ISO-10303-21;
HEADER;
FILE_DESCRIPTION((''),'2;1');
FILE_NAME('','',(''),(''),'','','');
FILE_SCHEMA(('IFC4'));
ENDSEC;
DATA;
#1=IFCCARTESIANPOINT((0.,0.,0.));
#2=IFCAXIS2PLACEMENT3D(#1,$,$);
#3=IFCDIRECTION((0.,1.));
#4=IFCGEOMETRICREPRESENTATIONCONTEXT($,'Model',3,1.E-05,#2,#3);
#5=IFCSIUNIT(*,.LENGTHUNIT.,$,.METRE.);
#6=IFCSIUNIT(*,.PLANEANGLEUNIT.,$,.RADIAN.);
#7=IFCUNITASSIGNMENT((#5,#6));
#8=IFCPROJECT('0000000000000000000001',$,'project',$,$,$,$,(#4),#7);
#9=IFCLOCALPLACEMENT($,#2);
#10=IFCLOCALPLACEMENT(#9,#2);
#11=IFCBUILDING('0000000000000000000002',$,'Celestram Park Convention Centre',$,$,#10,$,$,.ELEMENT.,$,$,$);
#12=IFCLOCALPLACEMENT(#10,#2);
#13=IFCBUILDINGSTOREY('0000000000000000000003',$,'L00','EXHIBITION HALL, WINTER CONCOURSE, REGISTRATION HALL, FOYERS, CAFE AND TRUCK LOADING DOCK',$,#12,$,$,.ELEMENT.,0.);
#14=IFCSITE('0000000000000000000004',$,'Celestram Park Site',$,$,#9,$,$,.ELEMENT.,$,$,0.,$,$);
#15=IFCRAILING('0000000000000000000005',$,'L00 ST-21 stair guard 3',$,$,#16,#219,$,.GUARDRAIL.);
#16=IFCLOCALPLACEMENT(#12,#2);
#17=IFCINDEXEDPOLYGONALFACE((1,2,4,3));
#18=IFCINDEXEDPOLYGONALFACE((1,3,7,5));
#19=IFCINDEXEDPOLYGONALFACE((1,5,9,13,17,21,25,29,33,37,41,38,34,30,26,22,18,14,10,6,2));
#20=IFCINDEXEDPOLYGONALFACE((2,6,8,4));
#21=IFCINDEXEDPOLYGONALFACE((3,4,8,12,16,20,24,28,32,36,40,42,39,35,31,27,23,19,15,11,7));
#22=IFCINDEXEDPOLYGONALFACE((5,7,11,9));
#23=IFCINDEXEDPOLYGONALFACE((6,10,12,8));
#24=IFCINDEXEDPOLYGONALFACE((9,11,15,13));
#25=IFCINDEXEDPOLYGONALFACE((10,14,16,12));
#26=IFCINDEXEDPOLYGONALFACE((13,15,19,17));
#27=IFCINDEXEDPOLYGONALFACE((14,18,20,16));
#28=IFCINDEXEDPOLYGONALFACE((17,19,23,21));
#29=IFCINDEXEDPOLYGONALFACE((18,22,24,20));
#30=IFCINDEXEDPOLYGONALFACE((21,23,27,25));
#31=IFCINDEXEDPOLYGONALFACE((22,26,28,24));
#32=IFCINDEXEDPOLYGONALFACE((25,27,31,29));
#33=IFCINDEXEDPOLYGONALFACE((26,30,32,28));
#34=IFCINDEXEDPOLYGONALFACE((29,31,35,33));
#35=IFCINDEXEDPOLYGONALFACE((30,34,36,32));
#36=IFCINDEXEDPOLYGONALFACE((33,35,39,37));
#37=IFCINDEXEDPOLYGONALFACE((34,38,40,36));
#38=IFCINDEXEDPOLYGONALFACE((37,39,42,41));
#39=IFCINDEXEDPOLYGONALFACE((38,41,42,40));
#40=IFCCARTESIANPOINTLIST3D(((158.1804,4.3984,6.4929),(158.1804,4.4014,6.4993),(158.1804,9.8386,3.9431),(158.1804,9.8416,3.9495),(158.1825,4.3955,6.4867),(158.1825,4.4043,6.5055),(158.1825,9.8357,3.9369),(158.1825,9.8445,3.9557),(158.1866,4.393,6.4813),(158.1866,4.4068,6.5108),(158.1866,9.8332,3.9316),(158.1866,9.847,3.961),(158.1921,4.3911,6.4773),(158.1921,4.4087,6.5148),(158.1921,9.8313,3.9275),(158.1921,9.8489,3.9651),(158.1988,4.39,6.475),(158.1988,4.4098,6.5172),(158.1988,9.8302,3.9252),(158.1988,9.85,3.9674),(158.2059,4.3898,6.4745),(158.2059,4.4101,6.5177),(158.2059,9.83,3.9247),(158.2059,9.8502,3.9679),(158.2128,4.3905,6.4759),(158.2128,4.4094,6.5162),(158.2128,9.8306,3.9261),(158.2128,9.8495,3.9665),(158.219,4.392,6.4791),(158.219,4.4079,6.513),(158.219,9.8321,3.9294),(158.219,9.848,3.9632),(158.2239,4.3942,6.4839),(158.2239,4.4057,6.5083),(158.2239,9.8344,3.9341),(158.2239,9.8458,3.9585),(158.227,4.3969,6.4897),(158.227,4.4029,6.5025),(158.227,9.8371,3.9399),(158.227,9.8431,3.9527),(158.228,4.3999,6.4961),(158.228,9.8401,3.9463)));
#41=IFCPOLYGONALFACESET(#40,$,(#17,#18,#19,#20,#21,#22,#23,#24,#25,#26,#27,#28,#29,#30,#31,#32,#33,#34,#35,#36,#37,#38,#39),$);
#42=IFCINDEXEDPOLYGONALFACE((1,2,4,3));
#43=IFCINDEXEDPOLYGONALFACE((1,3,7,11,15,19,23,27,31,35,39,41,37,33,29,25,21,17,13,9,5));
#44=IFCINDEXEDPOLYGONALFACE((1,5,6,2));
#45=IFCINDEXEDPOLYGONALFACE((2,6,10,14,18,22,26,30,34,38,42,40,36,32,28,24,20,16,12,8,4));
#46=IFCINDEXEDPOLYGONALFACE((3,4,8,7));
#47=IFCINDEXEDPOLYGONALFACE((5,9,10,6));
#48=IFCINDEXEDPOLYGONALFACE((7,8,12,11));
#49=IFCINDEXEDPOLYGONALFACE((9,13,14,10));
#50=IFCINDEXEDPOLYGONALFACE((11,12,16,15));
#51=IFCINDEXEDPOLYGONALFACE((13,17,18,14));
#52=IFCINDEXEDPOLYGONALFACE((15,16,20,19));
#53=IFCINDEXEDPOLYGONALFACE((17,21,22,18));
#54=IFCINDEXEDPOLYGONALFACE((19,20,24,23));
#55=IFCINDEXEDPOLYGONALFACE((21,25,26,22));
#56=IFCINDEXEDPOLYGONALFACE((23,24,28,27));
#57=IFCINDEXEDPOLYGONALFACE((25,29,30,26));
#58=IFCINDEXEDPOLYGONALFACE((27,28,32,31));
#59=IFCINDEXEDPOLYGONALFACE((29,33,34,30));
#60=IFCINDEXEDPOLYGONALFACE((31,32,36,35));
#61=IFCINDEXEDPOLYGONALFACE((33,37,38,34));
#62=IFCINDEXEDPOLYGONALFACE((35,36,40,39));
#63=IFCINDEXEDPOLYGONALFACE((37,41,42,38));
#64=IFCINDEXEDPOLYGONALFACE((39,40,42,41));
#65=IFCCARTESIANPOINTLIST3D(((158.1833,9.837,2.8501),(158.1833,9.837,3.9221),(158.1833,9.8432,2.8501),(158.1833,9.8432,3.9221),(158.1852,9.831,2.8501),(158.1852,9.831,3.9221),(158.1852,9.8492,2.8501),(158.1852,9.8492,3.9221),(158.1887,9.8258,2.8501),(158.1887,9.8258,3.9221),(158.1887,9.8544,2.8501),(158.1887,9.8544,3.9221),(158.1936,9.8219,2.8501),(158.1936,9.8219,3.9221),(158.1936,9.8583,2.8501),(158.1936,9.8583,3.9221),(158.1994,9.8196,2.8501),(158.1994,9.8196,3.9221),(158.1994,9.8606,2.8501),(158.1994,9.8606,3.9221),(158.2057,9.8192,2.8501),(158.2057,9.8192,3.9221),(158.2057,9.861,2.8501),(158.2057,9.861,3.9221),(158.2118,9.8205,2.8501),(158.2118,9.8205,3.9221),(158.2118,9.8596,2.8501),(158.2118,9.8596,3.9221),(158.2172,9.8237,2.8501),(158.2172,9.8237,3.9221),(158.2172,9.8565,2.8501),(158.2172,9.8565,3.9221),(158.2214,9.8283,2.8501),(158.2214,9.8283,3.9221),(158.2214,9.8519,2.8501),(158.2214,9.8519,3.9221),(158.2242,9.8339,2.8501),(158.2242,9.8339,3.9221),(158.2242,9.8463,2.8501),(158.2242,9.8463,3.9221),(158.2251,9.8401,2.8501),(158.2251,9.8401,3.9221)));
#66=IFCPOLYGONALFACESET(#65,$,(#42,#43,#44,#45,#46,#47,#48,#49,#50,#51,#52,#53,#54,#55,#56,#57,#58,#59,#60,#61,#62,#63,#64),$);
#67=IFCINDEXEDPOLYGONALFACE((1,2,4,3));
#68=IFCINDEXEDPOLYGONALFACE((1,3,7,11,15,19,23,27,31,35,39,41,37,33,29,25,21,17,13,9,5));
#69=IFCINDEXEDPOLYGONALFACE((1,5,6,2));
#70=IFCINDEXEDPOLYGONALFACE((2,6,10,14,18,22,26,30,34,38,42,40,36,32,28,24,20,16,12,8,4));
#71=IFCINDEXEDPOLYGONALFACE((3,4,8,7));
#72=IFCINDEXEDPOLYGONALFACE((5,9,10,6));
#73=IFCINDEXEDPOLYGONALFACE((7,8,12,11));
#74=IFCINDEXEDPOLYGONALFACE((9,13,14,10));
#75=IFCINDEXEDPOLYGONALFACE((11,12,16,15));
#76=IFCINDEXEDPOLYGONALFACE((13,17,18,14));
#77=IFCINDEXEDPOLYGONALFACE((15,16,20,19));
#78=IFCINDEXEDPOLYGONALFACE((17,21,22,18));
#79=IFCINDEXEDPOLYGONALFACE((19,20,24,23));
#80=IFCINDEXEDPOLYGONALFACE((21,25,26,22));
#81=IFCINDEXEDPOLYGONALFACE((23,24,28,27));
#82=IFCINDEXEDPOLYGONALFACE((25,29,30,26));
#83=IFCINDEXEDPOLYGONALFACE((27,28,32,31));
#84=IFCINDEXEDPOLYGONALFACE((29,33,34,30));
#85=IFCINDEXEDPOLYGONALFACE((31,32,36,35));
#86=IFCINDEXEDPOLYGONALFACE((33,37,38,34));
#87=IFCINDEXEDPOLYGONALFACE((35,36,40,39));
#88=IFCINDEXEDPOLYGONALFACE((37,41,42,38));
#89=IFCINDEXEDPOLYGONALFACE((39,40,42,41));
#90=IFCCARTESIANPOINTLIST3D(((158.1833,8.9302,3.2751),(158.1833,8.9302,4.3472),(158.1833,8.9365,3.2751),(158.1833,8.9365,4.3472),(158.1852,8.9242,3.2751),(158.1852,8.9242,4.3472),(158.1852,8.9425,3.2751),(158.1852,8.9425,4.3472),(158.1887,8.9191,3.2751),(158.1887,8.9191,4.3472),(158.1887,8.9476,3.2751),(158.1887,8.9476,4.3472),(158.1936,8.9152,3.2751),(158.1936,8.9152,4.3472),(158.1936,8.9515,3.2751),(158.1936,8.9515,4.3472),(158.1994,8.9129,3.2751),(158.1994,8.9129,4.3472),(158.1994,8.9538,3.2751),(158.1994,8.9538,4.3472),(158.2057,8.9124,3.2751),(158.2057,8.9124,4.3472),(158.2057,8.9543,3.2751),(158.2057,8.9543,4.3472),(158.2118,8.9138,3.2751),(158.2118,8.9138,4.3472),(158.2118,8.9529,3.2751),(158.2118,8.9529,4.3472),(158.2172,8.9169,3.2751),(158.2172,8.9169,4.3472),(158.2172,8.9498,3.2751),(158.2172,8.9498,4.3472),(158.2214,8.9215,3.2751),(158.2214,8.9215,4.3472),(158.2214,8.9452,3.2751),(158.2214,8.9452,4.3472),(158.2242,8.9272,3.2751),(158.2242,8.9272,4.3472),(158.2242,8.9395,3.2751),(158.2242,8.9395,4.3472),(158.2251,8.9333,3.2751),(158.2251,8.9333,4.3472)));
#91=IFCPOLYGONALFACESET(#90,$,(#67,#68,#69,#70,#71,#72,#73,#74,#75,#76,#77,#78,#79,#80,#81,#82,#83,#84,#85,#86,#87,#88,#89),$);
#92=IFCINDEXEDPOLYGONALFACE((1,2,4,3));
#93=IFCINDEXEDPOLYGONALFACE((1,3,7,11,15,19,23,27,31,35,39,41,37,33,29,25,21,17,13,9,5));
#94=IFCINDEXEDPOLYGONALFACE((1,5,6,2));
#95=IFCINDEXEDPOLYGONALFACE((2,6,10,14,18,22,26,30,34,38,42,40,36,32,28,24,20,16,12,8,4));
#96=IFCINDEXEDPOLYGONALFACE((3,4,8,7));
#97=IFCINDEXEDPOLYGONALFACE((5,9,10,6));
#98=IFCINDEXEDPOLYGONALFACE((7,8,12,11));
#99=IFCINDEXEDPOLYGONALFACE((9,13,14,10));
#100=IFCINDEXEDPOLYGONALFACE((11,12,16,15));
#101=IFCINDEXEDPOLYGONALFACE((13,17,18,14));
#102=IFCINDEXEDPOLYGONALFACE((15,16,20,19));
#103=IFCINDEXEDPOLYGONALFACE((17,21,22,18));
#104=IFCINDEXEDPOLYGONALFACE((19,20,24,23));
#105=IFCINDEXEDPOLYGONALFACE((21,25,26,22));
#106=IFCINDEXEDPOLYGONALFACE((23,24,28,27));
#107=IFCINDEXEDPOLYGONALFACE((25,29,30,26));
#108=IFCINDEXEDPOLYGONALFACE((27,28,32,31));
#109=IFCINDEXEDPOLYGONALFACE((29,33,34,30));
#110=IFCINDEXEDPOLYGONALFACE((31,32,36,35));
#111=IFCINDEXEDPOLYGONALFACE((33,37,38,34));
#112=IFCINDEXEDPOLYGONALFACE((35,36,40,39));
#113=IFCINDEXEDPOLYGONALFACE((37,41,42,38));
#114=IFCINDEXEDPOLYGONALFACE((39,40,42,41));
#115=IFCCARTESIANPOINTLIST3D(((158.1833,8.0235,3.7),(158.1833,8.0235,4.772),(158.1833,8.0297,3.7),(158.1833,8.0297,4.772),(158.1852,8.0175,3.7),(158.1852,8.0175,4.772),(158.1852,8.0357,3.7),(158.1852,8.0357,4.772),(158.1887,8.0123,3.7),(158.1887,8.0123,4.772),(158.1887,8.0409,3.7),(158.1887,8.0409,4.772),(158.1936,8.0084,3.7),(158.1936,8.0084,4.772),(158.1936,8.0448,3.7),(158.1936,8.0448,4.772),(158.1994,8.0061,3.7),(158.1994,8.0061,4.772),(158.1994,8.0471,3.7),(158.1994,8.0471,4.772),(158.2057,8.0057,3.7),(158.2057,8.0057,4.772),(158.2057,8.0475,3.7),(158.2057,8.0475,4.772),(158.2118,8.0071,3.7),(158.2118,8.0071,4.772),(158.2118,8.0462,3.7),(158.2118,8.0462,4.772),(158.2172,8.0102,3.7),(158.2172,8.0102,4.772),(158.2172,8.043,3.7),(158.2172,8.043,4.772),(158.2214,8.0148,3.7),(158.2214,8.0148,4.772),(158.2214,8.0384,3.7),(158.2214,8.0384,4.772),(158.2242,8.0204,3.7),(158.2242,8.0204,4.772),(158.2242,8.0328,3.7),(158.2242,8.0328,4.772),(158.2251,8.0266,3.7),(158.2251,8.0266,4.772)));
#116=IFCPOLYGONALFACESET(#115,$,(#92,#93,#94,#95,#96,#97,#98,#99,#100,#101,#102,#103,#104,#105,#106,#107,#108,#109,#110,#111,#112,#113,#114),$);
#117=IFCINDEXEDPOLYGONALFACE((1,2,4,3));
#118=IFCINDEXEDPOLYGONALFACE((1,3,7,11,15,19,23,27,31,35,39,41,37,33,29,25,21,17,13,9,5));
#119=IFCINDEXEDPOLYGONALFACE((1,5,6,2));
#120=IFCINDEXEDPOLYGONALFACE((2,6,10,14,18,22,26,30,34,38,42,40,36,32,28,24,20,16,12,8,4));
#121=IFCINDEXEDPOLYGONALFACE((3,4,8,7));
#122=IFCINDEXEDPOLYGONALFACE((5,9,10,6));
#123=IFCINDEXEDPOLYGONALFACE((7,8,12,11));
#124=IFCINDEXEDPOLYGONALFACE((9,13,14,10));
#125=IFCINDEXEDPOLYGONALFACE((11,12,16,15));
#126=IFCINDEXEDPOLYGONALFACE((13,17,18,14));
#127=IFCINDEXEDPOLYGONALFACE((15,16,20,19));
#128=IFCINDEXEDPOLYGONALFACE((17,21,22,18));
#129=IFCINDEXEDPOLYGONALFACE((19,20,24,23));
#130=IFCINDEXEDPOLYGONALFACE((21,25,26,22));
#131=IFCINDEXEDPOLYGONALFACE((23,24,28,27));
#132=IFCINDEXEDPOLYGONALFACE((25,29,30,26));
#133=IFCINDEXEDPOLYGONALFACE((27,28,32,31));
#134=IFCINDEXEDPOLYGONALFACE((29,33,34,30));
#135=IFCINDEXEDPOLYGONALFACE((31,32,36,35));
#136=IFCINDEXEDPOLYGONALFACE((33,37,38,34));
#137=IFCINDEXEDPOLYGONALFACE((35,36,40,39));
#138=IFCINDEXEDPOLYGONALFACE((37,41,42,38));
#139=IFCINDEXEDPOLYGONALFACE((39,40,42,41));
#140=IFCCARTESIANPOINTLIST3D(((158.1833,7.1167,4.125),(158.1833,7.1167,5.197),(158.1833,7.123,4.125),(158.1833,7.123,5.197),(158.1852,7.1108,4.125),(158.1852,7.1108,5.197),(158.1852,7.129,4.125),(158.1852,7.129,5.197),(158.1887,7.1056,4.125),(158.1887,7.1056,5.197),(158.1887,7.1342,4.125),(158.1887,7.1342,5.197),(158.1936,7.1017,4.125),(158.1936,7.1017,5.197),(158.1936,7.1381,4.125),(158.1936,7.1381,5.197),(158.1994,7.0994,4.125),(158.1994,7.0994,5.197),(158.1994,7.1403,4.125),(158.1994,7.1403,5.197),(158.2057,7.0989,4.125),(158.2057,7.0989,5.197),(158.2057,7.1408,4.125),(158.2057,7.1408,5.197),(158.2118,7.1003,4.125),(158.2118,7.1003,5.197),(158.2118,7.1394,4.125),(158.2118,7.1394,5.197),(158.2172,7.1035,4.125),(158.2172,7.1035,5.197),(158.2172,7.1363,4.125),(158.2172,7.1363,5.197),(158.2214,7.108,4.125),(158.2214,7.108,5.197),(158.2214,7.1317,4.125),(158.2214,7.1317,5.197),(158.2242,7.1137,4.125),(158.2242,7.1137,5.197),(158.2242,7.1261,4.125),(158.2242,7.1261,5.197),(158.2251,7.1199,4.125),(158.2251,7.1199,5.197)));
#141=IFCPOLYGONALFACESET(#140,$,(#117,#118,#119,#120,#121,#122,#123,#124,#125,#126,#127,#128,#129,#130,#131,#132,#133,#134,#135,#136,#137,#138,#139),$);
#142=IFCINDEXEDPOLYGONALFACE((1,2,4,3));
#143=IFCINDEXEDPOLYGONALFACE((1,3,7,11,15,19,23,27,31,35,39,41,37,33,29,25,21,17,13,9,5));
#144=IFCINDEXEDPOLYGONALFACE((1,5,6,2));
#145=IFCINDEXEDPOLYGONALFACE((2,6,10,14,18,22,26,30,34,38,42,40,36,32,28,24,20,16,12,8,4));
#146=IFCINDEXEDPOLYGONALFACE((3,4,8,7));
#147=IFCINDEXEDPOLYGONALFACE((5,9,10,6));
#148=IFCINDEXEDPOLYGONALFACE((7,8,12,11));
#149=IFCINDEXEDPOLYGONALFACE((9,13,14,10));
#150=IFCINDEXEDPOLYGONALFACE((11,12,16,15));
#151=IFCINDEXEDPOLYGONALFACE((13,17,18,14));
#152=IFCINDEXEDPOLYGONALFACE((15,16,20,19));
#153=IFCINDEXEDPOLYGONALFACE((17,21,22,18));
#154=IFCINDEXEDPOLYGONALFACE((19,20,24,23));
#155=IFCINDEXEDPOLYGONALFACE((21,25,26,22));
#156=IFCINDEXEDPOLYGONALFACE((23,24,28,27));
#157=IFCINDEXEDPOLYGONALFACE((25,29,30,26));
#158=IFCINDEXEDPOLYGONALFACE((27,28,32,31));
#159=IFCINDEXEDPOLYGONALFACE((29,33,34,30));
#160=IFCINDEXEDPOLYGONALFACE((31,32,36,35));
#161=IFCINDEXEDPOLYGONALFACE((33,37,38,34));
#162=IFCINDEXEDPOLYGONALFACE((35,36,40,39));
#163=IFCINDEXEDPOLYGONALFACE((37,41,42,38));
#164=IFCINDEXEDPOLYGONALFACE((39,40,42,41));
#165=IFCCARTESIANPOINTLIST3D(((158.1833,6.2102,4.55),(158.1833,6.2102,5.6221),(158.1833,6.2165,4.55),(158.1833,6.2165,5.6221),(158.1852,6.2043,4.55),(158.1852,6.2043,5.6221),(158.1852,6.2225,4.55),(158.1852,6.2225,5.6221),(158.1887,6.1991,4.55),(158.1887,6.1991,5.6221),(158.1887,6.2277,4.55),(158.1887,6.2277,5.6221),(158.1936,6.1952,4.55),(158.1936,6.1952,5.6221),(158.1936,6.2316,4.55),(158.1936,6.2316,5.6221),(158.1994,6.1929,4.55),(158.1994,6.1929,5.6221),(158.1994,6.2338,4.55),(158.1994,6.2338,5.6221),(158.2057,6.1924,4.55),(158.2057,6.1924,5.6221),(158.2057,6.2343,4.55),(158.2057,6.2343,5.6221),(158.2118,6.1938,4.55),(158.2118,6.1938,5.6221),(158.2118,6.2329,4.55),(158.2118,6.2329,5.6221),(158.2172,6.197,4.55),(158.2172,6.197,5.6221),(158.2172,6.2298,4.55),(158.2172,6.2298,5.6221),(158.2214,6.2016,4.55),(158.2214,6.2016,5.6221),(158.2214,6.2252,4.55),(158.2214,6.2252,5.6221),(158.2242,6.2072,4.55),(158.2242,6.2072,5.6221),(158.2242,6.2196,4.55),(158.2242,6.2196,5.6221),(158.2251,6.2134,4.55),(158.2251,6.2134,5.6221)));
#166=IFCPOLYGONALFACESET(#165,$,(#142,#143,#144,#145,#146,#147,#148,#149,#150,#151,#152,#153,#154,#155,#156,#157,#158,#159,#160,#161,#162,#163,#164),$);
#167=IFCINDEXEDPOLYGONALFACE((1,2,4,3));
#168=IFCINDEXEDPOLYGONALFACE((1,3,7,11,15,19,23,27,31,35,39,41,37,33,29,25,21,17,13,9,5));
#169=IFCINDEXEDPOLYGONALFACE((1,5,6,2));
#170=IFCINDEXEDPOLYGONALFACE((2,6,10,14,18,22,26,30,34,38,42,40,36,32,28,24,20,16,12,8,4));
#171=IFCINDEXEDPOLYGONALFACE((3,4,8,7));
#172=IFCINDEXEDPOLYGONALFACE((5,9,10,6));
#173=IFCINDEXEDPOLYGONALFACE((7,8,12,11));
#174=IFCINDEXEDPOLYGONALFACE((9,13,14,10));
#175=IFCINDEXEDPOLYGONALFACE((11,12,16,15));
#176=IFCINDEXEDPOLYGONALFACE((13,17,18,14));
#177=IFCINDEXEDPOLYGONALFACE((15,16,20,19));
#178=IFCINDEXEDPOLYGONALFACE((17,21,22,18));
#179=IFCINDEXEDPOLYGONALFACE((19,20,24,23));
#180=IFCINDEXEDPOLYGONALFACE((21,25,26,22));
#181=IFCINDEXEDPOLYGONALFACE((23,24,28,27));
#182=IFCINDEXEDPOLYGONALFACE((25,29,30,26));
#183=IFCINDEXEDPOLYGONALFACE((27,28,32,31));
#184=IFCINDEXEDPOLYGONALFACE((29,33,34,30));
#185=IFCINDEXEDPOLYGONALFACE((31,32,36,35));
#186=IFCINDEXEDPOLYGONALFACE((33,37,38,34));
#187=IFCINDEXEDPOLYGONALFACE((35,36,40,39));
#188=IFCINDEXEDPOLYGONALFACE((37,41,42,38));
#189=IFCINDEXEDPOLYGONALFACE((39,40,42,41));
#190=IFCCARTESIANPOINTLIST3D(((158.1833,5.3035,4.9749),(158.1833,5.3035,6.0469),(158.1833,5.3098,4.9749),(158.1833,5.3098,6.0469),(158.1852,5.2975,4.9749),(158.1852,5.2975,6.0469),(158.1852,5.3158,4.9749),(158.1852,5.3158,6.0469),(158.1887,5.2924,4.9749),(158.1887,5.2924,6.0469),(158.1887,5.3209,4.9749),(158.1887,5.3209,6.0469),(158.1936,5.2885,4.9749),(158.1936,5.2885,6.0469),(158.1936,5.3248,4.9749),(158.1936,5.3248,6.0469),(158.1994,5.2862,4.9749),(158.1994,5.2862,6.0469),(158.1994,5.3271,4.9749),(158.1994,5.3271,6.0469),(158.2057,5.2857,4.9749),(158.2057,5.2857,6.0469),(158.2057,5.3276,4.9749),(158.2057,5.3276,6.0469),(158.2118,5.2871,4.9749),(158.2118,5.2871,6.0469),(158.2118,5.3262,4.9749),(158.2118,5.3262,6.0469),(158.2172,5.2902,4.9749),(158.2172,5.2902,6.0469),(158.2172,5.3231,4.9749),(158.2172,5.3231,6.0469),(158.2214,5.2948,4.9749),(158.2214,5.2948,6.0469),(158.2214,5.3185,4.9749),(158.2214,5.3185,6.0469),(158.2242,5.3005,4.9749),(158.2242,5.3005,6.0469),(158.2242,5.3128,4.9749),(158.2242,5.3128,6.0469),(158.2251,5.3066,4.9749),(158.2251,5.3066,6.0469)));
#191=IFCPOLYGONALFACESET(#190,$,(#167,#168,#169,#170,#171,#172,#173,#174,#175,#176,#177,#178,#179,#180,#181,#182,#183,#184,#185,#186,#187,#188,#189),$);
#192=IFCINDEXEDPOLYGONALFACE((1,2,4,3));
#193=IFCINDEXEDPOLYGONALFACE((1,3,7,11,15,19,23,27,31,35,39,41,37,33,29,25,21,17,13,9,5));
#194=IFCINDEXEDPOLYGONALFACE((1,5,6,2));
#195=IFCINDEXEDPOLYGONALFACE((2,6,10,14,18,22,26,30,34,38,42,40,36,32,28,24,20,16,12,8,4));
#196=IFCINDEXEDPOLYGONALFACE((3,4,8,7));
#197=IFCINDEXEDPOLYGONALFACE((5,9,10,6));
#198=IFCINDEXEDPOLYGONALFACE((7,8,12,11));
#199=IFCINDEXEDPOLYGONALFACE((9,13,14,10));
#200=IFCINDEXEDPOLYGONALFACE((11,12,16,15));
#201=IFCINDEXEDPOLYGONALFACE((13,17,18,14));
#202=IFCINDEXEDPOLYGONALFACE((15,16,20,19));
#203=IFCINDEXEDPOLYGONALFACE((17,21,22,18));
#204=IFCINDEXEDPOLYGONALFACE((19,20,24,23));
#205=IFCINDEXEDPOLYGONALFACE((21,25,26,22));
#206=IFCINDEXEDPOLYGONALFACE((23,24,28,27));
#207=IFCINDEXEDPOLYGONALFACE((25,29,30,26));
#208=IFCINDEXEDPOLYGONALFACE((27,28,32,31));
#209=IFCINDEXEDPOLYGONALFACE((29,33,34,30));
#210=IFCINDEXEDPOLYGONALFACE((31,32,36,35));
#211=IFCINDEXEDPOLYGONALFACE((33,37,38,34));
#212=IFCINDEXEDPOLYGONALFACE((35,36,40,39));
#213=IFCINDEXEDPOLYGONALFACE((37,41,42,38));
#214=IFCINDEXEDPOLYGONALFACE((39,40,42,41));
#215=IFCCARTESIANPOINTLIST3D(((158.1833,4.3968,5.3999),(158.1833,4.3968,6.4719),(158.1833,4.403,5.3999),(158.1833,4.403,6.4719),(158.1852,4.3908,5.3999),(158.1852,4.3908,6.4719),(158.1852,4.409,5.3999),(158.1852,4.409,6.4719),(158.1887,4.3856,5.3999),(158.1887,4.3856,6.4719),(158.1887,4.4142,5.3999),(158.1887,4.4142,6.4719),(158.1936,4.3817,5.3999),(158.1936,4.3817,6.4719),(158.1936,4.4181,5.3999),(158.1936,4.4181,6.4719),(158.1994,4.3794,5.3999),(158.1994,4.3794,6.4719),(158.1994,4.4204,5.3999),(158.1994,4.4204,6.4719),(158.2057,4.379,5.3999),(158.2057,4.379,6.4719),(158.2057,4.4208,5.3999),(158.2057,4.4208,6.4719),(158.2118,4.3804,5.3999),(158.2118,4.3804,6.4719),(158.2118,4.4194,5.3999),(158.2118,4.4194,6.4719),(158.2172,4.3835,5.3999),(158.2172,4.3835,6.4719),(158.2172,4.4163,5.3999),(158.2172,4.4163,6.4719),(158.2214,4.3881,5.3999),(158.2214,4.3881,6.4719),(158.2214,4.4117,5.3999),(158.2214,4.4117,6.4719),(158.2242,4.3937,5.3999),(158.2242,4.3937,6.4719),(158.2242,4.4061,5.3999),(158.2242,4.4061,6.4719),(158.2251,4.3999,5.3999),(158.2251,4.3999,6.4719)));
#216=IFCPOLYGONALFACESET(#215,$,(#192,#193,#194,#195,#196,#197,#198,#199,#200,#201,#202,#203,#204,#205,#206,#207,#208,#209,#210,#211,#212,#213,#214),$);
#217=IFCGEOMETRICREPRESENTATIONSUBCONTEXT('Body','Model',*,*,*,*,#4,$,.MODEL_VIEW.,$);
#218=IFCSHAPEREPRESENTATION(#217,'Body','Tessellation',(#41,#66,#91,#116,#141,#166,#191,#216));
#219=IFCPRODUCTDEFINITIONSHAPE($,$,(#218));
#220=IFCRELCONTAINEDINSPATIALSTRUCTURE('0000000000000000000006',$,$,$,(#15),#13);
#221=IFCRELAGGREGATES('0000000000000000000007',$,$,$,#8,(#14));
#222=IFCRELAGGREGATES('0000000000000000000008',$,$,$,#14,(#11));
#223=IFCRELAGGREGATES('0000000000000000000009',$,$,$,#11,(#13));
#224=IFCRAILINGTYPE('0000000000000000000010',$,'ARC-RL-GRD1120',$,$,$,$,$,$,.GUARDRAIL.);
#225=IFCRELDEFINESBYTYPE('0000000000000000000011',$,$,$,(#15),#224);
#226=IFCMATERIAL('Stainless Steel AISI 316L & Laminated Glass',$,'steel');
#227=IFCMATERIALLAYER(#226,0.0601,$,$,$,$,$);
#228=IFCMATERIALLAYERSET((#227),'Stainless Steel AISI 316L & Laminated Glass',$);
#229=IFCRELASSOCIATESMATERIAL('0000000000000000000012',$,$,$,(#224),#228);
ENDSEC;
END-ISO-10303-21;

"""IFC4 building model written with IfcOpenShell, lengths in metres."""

from ifc_helpers import new_model, si_unit, direction, frame, origin, origin_2d, place, context, subcontext, project, spatial, circle, extrude, material, layer, layer_set, type_object, element, save


model = new_model("IFC4")

# Units and contexts
model_context = context("Model", 3, precision=1e-05, world=origin(), true_north=direction((0.0, 1.0)))
body_context = subcontext(model_context, "Body", "Model", "MODEL_VIEW")
ifc_project = project(units=[si_unit("LENGTHUNIT", "METRE"), si_unit("PLANEANGLEUNIT", "RADIAN")], contexts=[model_context])

# Site, building, storey
site_placement = place(None, origin())
site = spatial("IfcSite", under=ifc_project, at=site_placement, Name="Celestram Park Site", CompositionType="ELEMENT", RefElevation=0.0)
building_placement = place(site_placement, origin())
building = spatial("IfcBuilding", under=site, at=building_placement, Name="Celestram Park Convention Centre", CompositionType="ELEMENT")
storey_placement = place(building_placement, origin())
storey = spatial("IfcBuildingStorey", under=building, at=storey_placement, Name="L00", Description="EXHIBITION HALL, WINTER CONCOURSE, REGISTRATION HALL, FOYERS, CAFE AND TRUCK LOADING DOCK", CompositionType="ELEMENT", Elevation=0.0)

# Railing
ifc_material_1 = material(Name="Stainless Steel AISI 316L & Laminated Glass", Category="steel")
ifc_layer_1 = layer(ifc_material_1, 0.0601)
ifc_layer_set_1 = layer_set([ifc_layer_1], Name="Stainless Steel AISI 316L & Laminated Glass")
railing_type_1 = type_object("IfcRailingType", Name="ARC-RL-GRD1120", PredefinedType="GUARDRAIL", material=ifc_layer_set_1)
railing_1_placement = place(storey_placement, frame((158.2041, 9.8401, 2.8501)))
element("IfcRailing", 1, at=railing_1_placement, inside=storey, type_object=railing_type_1, Name="L00 ST-21 stair guard 3", PredefinedType="GUARDRAIL", context=body_context, shape_type="SweptSolid", body=[
    extrude(circle(Radius=0.0239, at=origin_2d()), frame((0.0, 0.0, 1.0962), z_axis=(0.0, -0.905477, 0.424395), x_axis=(1.0, 0.0, 0.0)), (0.0, 0.0, 1.0), 6.0081),
    extrude(circle(Radius=0.021, at=origin_2d()), origin(), (0.0, 0.0, 1.0), 1.072),
    extrude(circle(Radius=0.021, at=origin_2d()), frame((0.0, -0.9067, 0.425)), (0.0, 0.0, 1.0), 1.072),
    extrude(circle(Radius=0.021, at=origin_2d()), frame((0.0, -1.8135, 0.8499)), (0.0, 0.0, 1.0), 1.072),
    extrude(circle(Radius=0.021, at=origin_2d()), frame((0.0, -2.7202, 1.2749)), (0.0, 0.0, 1.0), 1.072),
    extrude(circle(Radius=0.021, at=origin_2d()), frame((0.0, -3.6267, 1.7)), (0.0, 0.0, 1.0), 1.072),
    extrude(circle(Radius=0.021, at=origin_2d()), frame((0.0, -4.5334, 2.1248)), (0.0, 0.0, 1.0), 1.072),
    extrude(circle(Radius=0.021, at=origin_2d()), frame((0.0, -5.4402, 2.5498)), (0.0, 0.0, 1.0), 1.072),
])

save(model, "model.ifc")
